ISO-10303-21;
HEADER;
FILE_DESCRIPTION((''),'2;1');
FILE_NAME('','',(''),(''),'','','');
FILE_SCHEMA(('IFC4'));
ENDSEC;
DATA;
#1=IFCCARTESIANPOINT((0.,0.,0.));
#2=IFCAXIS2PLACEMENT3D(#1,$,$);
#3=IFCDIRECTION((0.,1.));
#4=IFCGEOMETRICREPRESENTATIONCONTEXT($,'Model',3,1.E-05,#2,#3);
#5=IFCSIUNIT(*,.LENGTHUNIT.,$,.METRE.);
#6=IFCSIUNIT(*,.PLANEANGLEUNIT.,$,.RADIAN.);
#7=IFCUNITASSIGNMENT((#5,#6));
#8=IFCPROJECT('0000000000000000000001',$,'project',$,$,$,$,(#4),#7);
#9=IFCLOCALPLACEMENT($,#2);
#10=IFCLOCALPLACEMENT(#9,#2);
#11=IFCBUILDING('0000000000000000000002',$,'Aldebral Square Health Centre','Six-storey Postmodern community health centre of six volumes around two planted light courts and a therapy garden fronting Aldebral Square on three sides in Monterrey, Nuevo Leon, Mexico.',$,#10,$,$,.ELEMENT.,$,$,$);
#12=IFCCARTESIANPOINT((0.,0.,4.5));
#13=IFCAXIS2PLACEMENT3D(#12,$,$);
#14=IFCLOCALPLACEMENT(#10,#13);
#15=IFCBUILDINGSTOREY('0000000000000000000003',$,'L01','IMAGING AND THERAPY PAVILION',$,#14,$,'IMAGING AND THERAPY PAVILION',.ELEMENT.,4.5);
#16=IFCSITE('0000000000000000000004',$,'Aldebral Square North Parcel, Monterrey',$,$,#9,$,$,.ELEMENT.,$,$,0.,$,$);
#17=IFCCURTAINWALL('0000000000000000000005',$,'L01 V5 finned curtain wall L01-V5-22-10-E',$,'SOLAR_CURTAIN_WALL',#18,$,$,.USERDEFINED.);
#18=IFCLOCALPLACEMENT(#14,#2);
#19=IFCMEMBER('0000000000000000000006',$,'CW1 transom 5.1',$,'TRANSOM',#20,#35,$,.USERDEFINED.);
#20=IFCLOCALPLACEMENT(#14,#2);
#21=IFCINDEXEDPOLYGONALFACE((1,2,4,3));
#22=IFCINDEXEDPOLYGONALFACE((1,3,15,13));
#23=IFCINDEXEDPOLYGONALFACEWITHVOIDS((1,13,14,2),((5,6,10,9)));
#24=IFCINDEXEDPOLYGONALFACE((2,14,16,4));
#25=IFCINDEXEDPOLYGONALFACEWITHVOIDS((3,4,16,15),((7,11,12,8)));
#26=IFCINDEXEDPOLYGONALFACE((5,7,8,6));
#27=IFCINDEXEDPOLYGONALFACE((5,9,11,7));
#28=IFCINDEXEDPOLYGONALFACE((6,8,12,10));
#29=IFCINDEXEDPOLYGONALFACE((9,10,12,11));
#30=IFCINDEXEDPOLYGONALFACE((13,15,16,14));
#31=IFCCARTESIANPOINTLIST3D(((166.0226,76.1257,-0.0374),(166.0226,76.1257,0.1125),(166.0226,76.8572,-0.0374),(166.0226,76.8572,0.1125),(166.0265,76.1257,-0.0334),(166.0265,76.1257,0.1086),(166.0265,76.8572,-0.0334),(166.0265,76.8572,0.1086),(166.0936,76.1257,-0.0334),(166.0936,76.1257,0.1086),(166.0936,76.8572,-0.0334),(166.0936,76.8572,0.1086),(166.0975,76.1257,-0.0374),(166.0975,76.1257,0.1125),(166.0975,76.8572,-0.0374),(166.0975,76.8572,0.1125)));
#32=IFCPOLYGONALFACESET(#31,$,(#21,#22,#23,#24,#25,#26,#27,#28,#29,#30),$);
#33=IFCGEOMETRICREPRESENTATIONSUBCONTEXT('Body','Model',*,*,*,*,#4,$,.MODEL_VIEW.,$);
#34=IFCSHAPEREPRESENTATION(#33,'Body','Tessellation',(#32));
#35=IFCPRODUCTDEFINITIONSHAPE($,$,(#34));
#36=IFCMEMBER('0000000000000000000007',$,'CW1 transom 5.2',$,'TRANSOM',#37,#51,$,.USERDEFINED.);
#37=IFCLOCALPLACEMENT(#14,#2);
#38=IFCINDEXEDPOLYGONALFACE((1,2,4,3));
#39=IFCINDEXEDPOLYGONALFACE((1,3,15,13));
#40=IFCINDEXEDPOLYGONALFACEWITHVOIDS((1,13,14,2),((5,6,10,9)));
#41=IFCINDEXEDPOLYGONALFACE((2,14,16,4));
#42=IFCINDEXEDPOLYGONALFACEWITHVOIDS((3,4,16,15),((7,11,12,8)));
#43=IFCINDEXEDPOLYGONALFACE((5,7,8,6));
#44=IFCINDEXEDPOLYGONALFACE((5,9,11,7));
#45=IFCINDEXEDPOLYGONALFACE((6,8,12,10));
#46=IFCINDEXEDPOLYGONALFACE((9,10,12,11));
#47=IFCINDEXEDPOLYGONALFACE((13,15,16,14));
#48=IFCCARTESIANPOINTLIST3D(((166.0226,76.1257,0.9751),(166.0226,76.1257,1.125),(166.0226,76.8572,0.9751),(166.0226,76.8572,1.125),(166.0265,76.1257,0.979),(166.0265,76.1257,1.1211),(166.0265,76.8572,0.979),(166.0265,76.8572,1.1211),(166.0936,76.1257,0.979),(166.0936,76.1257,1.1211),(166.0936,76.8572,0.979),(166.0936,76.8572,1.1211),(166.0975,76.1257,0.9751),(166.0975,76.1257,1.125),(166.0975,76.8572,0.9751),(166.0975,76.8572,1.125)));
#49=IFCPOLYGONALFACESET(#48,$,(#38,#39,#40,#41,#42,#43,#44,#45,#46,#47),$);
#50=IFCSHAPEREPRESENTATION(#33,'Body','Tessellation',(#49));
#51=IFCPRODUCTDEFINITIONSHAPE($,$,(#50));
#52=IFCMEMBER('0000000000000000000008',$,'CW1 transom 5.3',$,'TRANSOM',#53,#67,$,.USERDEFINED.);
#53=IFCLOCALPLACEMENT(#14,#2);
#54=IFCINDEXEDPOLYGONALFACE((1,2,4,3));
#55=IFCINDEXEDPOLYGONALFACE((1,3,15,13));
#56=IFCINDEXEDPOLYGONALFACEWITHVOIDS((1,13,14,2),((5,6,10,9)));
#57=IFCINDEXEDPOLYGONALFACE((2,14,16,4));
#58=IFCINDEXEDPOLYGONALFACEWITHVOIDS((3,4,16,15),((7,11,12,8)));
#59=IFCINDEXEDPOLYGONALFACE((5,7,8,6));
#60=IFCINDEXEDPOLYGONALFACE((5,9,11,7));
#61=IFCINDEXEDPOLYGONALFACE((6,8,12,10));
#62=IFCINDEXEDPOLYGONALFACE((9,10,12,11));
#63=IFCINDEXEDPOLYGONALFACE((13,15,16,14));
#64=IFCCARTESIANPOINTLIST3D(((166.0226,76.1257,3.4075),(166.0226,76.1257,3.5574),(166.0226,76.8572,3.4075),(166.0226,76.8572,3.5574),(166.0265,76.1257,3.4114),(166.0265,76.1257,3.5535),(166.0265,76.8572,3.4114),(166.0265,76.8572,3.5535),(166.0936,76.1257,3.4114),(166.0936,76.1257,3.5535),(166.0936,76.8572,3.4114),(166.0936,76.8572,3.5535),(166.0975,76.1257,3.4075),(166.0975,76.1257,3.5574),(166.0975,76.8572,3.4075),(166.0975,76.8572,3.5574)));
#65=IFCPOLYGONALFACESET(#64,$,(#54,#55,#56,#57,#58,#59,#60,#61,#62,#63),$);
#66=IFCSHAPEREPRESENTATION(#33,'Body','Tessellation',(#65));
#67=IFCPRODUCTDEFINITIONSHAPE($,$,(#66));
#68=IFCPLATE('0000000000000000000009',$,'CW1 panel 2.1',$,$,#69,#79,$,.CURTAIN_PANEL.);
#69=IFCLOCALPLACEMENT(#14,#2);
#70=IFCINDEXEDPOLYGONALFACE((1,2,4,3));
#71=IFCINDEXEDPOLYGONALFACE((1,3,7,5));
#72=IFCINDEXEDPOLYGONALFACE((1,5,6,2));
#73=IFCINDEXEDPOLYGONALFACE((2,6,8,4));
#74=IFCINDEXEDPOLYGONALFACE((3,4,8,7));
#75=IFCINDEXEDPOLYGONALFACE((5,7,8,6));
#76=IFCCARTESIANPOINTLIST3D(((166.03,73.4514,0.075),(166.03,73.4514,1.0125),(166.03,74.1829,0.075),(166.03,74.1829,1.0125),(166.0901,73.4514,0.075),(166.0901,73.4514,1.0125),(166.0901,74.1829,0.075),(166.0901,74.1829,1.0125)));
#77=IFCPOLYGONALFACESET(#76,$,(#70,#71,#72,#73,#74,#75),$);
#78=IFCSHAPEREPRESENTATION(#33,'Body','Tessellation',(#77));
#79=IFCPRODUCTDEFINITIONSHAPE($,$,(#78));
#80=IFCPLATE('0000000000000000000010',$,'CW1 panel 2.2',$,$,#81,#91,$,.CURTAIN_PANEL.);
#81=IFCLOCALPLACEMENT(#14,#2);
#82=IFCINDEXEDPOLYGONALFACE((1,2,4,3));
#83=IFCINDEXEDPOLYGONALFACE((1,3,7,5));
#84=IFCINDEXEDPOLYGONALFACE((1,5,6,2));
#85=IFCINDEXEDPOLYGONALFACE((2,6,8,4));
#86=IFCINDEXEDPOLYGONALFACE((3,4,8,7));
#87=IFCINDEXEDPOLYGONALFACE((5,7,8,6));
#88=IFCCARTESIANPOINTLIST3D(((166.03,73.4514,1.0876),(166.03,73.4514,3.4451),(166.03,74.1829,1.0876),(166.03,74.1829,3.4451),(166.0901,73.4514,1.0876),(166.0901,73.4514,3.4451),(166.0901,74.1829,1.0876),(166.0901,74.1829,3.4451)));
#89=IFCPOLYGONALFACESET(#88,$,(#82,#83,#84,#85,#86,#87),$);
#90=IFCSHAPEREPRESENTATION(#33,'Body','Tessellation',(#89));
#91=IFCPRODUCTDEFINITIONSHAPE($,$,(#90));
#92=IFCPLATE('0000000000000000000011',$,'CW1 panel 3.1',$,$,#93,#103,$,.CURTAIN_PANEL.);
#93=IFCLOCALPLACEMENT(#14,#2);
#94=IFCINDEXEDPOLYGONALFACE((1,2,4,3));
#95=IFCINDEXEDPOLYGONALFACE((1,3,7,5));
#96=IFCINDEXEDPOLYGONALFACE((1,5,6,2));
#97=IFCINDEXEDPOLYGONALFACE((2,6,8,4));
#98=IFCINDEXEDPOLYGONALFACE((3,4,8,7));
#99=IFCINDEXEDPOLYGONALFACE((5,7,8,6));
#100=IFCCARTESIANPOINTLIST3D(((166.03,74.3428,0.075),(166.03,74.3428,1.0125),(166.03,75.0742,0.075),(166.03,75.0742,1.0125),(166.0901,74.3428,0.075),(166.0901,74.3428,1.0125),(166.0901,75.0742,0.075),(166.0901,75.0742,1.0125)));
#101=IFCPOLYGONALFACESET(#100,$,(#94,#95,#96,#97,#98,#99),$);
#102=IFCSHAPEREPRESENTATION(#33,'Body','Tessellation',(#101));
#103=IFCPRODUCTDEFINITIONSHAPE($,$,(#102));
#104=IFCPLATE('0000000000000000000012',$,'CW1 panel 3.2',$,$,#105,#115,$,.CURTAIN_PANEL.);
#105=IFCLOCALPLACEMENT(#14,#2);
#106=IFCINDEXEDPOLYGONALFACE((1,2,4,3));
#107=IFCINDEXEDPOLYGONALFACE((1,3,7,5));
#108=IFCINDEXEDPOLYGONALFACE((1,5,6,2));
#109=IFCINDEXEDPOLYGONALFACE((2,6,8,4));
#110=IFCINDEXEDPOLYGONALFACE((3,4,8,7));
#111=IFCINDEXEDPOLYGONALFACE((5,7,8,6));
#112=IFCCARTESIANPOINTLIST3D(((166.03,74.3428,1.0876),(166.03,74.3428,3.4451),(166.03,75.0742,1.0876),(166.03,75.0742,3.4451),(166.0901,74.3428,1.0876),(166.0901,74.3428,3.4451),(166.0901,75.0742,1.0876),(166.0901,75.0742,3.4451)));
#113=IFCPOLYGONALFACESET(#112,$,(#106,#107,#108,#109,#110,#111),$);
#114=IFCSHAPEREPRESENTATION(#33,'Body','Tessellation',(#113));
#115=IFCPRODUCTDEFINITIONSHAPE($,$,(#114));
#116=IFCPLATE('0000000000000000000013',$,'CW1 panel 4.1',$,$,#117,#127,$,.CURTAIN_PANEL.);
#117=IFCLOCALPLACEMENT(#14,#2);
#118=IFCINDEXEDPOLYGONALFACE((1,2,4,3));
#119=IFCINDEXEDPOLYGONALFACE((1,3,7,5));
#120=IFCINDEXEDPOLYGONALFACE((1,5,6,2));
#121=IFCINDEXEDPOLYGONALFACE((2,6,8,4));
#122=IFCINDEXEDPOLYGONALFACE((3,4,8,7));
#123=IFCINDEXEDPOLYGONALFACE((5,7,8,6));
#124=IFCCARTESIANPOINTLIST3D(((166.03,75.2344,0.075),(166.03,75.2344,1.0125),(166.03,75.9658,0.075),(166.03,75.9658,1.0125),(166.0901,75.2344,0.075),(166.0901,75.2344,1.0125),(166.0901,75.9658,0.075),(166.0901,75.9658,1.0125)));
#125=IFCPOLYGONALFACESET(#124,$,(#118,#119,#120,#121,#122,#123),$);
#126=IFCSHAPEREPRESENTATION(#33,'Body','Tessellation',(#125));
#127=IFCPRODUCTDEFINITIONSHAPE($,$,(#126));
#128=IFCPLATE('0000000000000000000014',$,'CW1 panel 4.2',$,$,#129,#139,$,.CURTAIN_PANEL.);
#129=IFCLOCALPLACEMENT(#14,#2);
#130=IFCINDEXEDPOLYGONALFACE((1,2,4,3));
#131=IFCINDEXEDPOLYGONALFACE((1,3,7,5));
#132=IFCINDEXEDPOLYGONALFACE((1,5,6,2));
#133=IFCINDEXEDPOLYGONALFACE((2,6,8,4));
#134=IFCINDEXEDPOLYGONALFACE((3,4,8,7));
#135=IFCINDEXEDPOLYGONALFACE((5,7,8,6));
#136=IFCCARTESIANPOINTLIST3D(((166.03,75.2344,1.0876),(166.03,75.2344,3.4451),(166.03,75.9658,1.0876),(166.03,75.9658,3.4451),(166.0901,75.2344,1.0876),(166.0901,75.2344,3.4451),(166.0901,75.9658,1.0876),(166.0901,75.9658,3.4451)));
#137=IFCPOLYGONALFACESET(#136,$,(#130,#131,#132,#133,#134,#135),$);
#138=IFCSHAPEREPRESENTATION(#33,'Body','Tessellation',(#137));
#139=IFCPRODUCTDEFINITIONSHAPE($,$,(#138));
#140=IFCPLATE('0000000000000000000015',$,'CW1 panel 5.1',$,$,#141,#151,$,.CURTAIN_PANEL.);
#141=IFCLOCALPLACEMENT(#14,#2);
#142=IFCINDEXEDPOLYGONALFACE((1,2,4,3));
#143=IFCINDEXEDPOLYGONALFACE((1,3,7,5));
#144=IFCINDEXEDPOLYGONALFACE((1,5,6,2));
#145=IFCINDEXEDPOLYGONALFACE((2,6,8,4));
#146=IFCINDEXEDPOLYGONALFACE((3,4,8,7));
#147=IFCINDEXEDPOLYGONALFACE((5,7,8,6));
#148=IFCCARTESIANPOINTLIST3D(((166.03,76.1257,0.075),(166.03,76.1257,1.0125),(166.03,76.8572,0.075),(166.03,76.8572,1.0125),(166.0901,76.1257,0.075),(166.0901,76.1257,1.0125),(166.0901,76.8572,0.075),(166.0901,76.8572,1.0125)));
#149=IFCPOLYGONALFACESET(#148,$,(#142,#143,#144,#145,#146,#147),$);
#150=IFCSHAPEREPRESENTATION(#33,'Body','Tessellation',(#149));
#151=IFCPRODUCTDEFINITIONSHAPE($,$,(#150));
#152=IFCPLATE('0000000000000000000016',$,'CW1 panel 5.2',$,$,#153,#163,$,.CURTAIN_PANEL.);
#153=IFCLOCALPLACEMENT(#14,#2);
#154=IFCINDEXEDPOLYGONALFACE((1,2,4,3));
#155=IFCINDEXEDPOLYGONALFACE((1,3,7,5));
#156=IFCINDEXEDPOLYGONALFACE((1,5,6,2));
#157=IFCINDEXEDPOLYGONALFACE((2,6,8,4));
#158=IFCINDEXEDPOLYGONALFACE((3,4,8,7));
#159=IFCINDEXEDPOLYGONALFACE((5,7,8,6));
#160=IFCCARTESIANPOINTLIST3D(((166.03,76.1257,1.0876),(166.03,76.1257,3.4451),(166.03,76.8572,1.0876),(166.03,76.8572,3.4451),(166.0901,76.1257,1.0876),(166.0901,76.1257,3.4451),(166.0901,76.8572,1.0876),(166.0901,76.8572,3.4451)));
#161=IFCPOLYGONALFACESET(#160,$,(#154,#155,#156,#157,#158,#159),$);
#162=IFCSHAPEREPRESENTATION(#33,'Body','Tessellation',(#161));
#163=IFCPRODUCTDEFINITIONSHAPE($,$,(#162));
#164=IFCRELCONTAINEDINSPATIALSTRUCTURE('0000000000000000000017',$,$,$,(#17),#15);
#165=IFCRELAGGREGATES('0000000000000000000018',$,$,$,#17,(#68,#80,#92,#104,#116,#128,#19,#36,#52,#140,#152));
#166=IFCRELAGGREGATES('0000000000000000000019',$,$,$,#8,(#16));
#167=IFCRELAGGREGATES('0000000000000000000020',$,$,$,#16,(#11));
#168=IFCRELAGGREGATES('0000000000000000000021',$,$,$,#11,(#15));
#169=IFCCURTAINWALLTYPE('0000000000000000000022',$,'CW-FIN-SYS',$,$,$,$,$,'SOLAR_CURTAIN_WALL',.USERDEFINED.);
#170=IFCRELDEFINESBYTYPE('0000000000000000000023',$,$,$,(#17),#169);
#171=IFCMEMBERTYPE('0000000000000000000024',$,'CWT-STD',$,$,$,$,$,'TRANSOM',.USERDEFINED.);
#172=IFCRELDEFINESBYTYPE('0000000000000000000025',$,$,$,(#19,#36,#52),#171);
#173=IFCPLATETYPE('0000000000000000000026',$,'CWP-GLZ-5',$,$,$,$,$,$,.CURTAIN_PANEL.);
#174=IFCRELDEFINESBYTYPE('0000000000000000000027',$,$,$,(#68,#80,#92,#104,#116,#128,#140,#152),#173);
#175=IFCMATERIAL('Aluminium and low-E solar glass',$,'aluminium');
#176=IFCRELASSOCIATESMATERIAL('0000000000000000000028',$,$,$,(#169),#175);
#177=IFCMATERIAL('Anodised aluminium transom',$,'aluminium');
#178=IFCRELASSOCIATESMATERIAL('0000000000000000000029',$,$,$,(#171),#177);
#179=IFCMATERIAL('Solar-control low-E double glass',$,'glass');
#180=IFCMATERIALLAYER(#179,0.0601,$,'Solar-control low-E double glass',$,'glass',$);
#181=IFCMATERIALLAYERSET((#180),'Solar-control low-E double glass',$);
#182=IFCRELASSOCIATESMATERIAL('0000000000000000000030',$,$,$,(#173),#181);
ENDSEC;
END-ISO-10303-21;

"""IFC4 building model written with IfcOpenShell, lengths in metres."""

from ifc_helpers import new_model, si_unit, direction, frame, origin, origin_2d, place, context, subcontext, project, spatial, rectangle, hollow_rectangle, extrude, material, layer, layer_set, material_profile, profile_set, type_object, element, aggregate, save


model = new_model("IFC4")

# Units and contexts
model_context = context("Model", 3, precision=1e-05, world=origin(), true_north=direction((0.0, 1.0)))
body_context = subcontext(model_context, "Body", "Model", "MODEL_VIEW")
ifc_project = project(units=[si_unit("LENGTHUNIT", "METRE"), si_unit("PLANEANGLEUNIT", "RADIAN")], contexts=[model_context])

# Site, building, storey
site_placement = place(None, origin())
site = spatial("IfcSite", under=ifc_project, at=site_placement, Name="Aldebral Square North Parcel, Monterrey", CompositionType="ELEMENT", RefElevation=0.0)
building_placement = place(site_placement, origin())
building = spatial("IfcBuilding", under=site, at=building_placement, Name="Aldebral Square Health Centre", Description="Six-storey Postmodern community health centre of six volumes around two planted light courts and a therapy garden fronting Aldebral Square on three sides in Monterrey, Nuevo Leon, Mexico.", CompositionType="ELEMENT")
storey_placement = place(building_placement, frame((0.0, 0.0, 4.5)))
storey = spatial("IfcBuildingStorey", under=building, at=storey_placement, Name="L01", Description="IMAGING AND THERAPY PAVILION", LongName="IMAGING AND THERAPY PAVILION", CompositionType="ELEMENT", Elevation=4.5)

# Curtain wall, members, plates
ifc_material_1 = material(Name="Aluminium and low-E solar glass", Category="aluminium")
curtain_wall_type = type_object("IfcCurtainWallType", Name="CW-FIN-SYS", ElementType="SOLAR_CURTAIN_WALL", PredefinedType="USERDEFINED", material=ifc_material_1)
curtain_wall_placement = place(storey_placement, origin())
curtain_wall = element("IfcCurtainWall", 1, at=curtain_wall_placement, inside=storey, type_object=curtain_wall_type, Name="L01 V5 finned curtain wall L01-V5-22-10-E", ObjectType="SOLAR_CURTAIN_WALL", PredefinedType="USERDEFINED")
ifc_material_2 = material(Name="Anodised aluminium transom", Category="aluminium")
ifc_material_profile_1 = material_profile(ifc_material_2, hollow_rectangle(XDim=0.075, YDim=0.1499, WallThickness=0.0039, at=origin_2d()), Name="CWT 75x150x4")
ifc_profile_set_1 = profile_set([ifc_material_profile_1], Name="Anodised aluminium transom")
member_type_1 = type_object("IfcMemberType", Name="CWT-STD", ElementType="TRANSOM", PredefinedType="USERDEFINED", material=ifc_profile_set_1)
member_1_placement = place(storey_placement, frame((166.0601, 76.1257, 0.0376), z_axis=(0.0, 1.0, 0.0), x_axis=(-1.0, 0.0, 0.0)))
member_1 = element("IfcMember", 2, at=member_1_placement, type_object=member_type_1, Name="CW1 transom 5.1", ObjectType="TRANSOM", PredefinedType="USERDEFINED", context=body_context, shape_type="SweptSolid", body=[
    extrude(hollow_rectangle(XDim=0.075, YDim=0.1499, WallThickness=0.0039, at=origin_2d()), origin(), (0.0, 0.0, 1.0), 0.7314),
])
member_2_placement = place(storey_placement, frame((166.0601, 76.1257, 1.05), z_axis=(0.0, 1.0, 0.0), x_axis=(-1.0, 0.0, 0.0)))
member_2 = element("IfcMember", 3, at=member_2_placement, type_object=member_type_1, Name="CW1 transom 5.2", ObjectType="TRANSOM", PredefinedType="USERDEFINED", context=body_context, shape_type="SweptSolid", body=[
    extrude(hollow_rectangle(XDim=0.075, YDim=0.1499, WallThickness=0.0039, at=origin_2d()), origin(), (0.0, 0.0, 1.0), 0.7314),
])
member_3_placement = place(storey_placement, frame((166.0601, 76.1257, 3.4824), z_axis=(0.0, 1.0, 0.0), x_axis=(-1.0, 0.0, 0.0)))
member_3 = element("IfcMember", 4, at=member_3_placement, type_object=member_type_1, Name="CW1 transom 5.3", ObjectType="TRANSOM", PredefinedType="USERDEFINED", context=body_context, shape_type="SweptSolid", body=[
    extrude(hollow_rectangle(XDim=0.075, YDim=0.1499, WallThickness=0.0039, at=origin_2d()), origin(), (0.0, 0.0, 1.0), 0.7314),
])
ifc_material_3 = material(Name="Solar-control low-E double glass", Category="glass")
ifc_layer = layer(ifc_material_3, 0.0601, Name="Solar-control low-E double glass", Category="glass")
ifc_layer_set = layer_set([ifc_layer], Name="Solar-control low-E double glass")
plate_type = type_object("IfcPlateType", Name="CWP-GLZ-5", PredefinedType="CURTAIN_PANEL", material=ifc_layer_set)
plate_1_placement = place(storey_placement, frame((166.0601, 73.8171, 0.075), z_axis=(0.0, 0.0, 1.0), x_axis=(0.0, 1.0, 0.0)))
plate_1 = element("IfcPlate", 5, at=plate_1_placement, type_object=plate_type, Name="CW1 panel 2.1", PredefinedType="CURTAIN_PANEL", context=body_context, shape_type="SweptSolid", body=[
    extrude(rectangle(XDim=0.7314, YDim=0.0601, at=origin_2d()), origin(), (0.0, 0.0, 1.0), 0.9375),
])
plate_2_placement = place(storey_placement, frame((166.0601, 73.8171, 1.0876), z_axis=(0.0, 0.0, 1.0), x_axis=(0.0, 1.0, 0.0)))
plate_2 = element("IfcPlate", 6, at=plate_2_placement, type_object=plate_type, Name="CW1 panel 2.2", PredefinedType="CURTAIN_PANEL", context=body_context, shape_type="SweptSolid", body=[
    extrude(rectangle(XDim=0.7314, YDim=0.0601, at=origin_2d()), origin(), (0.0, 0.0, 1.0), 2.3574),
])
plate_3_placement = place(storey_placement, frame((166.0601, 74.7085, 0.075), z_axis=(0.0, 0.0, 1.0), x_axis=(0.0, 1.0, 0.0)))
plate_3 = element("IfcPlate", 7, at=plate_3_placement, type_object=plate_type, Name="CW1 panel 3.1", PredefinedType="CURTAIN_PANEL", context=body_context, shape_type="SweptSolid", body=[
    extrude(rectangle(XDim=0.7314, YDim=0.0601, at=origin_2d()), origin(), (0.0, 0.0, 1.0), 0.9375),
])
plate_4_placement = place(storey_placement, frame((166.0601, 74.7085, 1.0876), z_axis=(0.0, 0.0, 1.0), x_axis=(0.0, 1.0, 0.0)))
plate_4 = element("IfcPlate", 8, at=plate_4_placement, type_object=plate_type, Name="CW1 panel 3.2", PredefinedType="CURTAIN_PANEL", context=body_context, shape_type="SweptSolid", body=[
    extrude(rectangle(XDim=0.7314, YDim=0.0601, at=origin_2d()), origin(), (0.0, 0.0, 1.0), 2.3574),
])
plate_5_placement = place(storey_placement, frame((166.0601, 75.6001, 0.075), z_axis=(0.0, 0.0, 1.0), x_axis=(0.0, 1.0, 0.0)))
plate_5 = element("IfcPlate", 9, at=plate_5_placement, type_object=plate_type, Name="CW1 panel 4.1", PredefinedType="CURTAIN_PANEL", context=body_context, shape_type="SweptSolid", body=[
    extrude(rectangle(XDim=0.7314, YDim=0.0601, at=origin_2d()), origin(), (0.0, 0.0, 1.0), 0.9375),
])
plate_6_placement = place(storey_placement, frame((166.0601, 75.6001, 1.0876), z_axis=(0.0, 0.0, 1.0), x_axis=(0.0, 1.0, 0.0)))
plate_6 = element("IfcPlate", 10, at=plate_6_placement, type_object=plate_type, Name="CW1 panel 4.2", PredefinedType="CURTAIN_PANEL", context=body_context, shape_type="SweptSolid", body=[
    extrude(rectangle(XDim=0.7314, YDim=0.0601, at=origin_2d()), origin(), (0.0, 0.0, 1.0), 2.3574),
])
plate_7_placement = place(storey_placement, frame((166.0601, 76.4915, 0.075), z_axis=(0.0, 0.0, 1.0), x_axis=(0.0, 1.0, 0.0)))
plate_7 = element("IfcPlate", 11, at=plate_7_placement, type_object=plate_type, Name="CW1 panel 5.1", PredefinedType="CURTAIN_PANEL", context=body_context, shape_type="SweptSolid", body=[
    extrude(rectangle(XDim=0.7314, YDim=0.0601, at=origin_2d()), origin(), (0.0, 0.0, 1.0), 0.9375),
])
plate_8_placement = place(storey_placement, frame((166.0601, 76.4915, 1.0876), z_axis=(0.0, 0.0, 1.0), x_axis=(0.0, 1.0, 0.0)))
plate_8 = element("IfcPlate", 12, at=plate_8_placement, type_object=plate_type, Name="CW1 panel 5.2", PredefinedType="CURTAIN_PANEL", context=body_context, shape_type="SweptSolid", body=[
    extrude(rectangle(XDim=0.7314, YDim=0.0601, at=origin_2d()), origin(), (0.0, 0.0, 1.0), 2.3574),
])
aggregate(curtain_wall, [plate_1, plate_2, plate_3, plate_4, plate_5, plate_6, member_1, member_2, member_3, plate_7, plate_8])

save(model, "model.ifc")
